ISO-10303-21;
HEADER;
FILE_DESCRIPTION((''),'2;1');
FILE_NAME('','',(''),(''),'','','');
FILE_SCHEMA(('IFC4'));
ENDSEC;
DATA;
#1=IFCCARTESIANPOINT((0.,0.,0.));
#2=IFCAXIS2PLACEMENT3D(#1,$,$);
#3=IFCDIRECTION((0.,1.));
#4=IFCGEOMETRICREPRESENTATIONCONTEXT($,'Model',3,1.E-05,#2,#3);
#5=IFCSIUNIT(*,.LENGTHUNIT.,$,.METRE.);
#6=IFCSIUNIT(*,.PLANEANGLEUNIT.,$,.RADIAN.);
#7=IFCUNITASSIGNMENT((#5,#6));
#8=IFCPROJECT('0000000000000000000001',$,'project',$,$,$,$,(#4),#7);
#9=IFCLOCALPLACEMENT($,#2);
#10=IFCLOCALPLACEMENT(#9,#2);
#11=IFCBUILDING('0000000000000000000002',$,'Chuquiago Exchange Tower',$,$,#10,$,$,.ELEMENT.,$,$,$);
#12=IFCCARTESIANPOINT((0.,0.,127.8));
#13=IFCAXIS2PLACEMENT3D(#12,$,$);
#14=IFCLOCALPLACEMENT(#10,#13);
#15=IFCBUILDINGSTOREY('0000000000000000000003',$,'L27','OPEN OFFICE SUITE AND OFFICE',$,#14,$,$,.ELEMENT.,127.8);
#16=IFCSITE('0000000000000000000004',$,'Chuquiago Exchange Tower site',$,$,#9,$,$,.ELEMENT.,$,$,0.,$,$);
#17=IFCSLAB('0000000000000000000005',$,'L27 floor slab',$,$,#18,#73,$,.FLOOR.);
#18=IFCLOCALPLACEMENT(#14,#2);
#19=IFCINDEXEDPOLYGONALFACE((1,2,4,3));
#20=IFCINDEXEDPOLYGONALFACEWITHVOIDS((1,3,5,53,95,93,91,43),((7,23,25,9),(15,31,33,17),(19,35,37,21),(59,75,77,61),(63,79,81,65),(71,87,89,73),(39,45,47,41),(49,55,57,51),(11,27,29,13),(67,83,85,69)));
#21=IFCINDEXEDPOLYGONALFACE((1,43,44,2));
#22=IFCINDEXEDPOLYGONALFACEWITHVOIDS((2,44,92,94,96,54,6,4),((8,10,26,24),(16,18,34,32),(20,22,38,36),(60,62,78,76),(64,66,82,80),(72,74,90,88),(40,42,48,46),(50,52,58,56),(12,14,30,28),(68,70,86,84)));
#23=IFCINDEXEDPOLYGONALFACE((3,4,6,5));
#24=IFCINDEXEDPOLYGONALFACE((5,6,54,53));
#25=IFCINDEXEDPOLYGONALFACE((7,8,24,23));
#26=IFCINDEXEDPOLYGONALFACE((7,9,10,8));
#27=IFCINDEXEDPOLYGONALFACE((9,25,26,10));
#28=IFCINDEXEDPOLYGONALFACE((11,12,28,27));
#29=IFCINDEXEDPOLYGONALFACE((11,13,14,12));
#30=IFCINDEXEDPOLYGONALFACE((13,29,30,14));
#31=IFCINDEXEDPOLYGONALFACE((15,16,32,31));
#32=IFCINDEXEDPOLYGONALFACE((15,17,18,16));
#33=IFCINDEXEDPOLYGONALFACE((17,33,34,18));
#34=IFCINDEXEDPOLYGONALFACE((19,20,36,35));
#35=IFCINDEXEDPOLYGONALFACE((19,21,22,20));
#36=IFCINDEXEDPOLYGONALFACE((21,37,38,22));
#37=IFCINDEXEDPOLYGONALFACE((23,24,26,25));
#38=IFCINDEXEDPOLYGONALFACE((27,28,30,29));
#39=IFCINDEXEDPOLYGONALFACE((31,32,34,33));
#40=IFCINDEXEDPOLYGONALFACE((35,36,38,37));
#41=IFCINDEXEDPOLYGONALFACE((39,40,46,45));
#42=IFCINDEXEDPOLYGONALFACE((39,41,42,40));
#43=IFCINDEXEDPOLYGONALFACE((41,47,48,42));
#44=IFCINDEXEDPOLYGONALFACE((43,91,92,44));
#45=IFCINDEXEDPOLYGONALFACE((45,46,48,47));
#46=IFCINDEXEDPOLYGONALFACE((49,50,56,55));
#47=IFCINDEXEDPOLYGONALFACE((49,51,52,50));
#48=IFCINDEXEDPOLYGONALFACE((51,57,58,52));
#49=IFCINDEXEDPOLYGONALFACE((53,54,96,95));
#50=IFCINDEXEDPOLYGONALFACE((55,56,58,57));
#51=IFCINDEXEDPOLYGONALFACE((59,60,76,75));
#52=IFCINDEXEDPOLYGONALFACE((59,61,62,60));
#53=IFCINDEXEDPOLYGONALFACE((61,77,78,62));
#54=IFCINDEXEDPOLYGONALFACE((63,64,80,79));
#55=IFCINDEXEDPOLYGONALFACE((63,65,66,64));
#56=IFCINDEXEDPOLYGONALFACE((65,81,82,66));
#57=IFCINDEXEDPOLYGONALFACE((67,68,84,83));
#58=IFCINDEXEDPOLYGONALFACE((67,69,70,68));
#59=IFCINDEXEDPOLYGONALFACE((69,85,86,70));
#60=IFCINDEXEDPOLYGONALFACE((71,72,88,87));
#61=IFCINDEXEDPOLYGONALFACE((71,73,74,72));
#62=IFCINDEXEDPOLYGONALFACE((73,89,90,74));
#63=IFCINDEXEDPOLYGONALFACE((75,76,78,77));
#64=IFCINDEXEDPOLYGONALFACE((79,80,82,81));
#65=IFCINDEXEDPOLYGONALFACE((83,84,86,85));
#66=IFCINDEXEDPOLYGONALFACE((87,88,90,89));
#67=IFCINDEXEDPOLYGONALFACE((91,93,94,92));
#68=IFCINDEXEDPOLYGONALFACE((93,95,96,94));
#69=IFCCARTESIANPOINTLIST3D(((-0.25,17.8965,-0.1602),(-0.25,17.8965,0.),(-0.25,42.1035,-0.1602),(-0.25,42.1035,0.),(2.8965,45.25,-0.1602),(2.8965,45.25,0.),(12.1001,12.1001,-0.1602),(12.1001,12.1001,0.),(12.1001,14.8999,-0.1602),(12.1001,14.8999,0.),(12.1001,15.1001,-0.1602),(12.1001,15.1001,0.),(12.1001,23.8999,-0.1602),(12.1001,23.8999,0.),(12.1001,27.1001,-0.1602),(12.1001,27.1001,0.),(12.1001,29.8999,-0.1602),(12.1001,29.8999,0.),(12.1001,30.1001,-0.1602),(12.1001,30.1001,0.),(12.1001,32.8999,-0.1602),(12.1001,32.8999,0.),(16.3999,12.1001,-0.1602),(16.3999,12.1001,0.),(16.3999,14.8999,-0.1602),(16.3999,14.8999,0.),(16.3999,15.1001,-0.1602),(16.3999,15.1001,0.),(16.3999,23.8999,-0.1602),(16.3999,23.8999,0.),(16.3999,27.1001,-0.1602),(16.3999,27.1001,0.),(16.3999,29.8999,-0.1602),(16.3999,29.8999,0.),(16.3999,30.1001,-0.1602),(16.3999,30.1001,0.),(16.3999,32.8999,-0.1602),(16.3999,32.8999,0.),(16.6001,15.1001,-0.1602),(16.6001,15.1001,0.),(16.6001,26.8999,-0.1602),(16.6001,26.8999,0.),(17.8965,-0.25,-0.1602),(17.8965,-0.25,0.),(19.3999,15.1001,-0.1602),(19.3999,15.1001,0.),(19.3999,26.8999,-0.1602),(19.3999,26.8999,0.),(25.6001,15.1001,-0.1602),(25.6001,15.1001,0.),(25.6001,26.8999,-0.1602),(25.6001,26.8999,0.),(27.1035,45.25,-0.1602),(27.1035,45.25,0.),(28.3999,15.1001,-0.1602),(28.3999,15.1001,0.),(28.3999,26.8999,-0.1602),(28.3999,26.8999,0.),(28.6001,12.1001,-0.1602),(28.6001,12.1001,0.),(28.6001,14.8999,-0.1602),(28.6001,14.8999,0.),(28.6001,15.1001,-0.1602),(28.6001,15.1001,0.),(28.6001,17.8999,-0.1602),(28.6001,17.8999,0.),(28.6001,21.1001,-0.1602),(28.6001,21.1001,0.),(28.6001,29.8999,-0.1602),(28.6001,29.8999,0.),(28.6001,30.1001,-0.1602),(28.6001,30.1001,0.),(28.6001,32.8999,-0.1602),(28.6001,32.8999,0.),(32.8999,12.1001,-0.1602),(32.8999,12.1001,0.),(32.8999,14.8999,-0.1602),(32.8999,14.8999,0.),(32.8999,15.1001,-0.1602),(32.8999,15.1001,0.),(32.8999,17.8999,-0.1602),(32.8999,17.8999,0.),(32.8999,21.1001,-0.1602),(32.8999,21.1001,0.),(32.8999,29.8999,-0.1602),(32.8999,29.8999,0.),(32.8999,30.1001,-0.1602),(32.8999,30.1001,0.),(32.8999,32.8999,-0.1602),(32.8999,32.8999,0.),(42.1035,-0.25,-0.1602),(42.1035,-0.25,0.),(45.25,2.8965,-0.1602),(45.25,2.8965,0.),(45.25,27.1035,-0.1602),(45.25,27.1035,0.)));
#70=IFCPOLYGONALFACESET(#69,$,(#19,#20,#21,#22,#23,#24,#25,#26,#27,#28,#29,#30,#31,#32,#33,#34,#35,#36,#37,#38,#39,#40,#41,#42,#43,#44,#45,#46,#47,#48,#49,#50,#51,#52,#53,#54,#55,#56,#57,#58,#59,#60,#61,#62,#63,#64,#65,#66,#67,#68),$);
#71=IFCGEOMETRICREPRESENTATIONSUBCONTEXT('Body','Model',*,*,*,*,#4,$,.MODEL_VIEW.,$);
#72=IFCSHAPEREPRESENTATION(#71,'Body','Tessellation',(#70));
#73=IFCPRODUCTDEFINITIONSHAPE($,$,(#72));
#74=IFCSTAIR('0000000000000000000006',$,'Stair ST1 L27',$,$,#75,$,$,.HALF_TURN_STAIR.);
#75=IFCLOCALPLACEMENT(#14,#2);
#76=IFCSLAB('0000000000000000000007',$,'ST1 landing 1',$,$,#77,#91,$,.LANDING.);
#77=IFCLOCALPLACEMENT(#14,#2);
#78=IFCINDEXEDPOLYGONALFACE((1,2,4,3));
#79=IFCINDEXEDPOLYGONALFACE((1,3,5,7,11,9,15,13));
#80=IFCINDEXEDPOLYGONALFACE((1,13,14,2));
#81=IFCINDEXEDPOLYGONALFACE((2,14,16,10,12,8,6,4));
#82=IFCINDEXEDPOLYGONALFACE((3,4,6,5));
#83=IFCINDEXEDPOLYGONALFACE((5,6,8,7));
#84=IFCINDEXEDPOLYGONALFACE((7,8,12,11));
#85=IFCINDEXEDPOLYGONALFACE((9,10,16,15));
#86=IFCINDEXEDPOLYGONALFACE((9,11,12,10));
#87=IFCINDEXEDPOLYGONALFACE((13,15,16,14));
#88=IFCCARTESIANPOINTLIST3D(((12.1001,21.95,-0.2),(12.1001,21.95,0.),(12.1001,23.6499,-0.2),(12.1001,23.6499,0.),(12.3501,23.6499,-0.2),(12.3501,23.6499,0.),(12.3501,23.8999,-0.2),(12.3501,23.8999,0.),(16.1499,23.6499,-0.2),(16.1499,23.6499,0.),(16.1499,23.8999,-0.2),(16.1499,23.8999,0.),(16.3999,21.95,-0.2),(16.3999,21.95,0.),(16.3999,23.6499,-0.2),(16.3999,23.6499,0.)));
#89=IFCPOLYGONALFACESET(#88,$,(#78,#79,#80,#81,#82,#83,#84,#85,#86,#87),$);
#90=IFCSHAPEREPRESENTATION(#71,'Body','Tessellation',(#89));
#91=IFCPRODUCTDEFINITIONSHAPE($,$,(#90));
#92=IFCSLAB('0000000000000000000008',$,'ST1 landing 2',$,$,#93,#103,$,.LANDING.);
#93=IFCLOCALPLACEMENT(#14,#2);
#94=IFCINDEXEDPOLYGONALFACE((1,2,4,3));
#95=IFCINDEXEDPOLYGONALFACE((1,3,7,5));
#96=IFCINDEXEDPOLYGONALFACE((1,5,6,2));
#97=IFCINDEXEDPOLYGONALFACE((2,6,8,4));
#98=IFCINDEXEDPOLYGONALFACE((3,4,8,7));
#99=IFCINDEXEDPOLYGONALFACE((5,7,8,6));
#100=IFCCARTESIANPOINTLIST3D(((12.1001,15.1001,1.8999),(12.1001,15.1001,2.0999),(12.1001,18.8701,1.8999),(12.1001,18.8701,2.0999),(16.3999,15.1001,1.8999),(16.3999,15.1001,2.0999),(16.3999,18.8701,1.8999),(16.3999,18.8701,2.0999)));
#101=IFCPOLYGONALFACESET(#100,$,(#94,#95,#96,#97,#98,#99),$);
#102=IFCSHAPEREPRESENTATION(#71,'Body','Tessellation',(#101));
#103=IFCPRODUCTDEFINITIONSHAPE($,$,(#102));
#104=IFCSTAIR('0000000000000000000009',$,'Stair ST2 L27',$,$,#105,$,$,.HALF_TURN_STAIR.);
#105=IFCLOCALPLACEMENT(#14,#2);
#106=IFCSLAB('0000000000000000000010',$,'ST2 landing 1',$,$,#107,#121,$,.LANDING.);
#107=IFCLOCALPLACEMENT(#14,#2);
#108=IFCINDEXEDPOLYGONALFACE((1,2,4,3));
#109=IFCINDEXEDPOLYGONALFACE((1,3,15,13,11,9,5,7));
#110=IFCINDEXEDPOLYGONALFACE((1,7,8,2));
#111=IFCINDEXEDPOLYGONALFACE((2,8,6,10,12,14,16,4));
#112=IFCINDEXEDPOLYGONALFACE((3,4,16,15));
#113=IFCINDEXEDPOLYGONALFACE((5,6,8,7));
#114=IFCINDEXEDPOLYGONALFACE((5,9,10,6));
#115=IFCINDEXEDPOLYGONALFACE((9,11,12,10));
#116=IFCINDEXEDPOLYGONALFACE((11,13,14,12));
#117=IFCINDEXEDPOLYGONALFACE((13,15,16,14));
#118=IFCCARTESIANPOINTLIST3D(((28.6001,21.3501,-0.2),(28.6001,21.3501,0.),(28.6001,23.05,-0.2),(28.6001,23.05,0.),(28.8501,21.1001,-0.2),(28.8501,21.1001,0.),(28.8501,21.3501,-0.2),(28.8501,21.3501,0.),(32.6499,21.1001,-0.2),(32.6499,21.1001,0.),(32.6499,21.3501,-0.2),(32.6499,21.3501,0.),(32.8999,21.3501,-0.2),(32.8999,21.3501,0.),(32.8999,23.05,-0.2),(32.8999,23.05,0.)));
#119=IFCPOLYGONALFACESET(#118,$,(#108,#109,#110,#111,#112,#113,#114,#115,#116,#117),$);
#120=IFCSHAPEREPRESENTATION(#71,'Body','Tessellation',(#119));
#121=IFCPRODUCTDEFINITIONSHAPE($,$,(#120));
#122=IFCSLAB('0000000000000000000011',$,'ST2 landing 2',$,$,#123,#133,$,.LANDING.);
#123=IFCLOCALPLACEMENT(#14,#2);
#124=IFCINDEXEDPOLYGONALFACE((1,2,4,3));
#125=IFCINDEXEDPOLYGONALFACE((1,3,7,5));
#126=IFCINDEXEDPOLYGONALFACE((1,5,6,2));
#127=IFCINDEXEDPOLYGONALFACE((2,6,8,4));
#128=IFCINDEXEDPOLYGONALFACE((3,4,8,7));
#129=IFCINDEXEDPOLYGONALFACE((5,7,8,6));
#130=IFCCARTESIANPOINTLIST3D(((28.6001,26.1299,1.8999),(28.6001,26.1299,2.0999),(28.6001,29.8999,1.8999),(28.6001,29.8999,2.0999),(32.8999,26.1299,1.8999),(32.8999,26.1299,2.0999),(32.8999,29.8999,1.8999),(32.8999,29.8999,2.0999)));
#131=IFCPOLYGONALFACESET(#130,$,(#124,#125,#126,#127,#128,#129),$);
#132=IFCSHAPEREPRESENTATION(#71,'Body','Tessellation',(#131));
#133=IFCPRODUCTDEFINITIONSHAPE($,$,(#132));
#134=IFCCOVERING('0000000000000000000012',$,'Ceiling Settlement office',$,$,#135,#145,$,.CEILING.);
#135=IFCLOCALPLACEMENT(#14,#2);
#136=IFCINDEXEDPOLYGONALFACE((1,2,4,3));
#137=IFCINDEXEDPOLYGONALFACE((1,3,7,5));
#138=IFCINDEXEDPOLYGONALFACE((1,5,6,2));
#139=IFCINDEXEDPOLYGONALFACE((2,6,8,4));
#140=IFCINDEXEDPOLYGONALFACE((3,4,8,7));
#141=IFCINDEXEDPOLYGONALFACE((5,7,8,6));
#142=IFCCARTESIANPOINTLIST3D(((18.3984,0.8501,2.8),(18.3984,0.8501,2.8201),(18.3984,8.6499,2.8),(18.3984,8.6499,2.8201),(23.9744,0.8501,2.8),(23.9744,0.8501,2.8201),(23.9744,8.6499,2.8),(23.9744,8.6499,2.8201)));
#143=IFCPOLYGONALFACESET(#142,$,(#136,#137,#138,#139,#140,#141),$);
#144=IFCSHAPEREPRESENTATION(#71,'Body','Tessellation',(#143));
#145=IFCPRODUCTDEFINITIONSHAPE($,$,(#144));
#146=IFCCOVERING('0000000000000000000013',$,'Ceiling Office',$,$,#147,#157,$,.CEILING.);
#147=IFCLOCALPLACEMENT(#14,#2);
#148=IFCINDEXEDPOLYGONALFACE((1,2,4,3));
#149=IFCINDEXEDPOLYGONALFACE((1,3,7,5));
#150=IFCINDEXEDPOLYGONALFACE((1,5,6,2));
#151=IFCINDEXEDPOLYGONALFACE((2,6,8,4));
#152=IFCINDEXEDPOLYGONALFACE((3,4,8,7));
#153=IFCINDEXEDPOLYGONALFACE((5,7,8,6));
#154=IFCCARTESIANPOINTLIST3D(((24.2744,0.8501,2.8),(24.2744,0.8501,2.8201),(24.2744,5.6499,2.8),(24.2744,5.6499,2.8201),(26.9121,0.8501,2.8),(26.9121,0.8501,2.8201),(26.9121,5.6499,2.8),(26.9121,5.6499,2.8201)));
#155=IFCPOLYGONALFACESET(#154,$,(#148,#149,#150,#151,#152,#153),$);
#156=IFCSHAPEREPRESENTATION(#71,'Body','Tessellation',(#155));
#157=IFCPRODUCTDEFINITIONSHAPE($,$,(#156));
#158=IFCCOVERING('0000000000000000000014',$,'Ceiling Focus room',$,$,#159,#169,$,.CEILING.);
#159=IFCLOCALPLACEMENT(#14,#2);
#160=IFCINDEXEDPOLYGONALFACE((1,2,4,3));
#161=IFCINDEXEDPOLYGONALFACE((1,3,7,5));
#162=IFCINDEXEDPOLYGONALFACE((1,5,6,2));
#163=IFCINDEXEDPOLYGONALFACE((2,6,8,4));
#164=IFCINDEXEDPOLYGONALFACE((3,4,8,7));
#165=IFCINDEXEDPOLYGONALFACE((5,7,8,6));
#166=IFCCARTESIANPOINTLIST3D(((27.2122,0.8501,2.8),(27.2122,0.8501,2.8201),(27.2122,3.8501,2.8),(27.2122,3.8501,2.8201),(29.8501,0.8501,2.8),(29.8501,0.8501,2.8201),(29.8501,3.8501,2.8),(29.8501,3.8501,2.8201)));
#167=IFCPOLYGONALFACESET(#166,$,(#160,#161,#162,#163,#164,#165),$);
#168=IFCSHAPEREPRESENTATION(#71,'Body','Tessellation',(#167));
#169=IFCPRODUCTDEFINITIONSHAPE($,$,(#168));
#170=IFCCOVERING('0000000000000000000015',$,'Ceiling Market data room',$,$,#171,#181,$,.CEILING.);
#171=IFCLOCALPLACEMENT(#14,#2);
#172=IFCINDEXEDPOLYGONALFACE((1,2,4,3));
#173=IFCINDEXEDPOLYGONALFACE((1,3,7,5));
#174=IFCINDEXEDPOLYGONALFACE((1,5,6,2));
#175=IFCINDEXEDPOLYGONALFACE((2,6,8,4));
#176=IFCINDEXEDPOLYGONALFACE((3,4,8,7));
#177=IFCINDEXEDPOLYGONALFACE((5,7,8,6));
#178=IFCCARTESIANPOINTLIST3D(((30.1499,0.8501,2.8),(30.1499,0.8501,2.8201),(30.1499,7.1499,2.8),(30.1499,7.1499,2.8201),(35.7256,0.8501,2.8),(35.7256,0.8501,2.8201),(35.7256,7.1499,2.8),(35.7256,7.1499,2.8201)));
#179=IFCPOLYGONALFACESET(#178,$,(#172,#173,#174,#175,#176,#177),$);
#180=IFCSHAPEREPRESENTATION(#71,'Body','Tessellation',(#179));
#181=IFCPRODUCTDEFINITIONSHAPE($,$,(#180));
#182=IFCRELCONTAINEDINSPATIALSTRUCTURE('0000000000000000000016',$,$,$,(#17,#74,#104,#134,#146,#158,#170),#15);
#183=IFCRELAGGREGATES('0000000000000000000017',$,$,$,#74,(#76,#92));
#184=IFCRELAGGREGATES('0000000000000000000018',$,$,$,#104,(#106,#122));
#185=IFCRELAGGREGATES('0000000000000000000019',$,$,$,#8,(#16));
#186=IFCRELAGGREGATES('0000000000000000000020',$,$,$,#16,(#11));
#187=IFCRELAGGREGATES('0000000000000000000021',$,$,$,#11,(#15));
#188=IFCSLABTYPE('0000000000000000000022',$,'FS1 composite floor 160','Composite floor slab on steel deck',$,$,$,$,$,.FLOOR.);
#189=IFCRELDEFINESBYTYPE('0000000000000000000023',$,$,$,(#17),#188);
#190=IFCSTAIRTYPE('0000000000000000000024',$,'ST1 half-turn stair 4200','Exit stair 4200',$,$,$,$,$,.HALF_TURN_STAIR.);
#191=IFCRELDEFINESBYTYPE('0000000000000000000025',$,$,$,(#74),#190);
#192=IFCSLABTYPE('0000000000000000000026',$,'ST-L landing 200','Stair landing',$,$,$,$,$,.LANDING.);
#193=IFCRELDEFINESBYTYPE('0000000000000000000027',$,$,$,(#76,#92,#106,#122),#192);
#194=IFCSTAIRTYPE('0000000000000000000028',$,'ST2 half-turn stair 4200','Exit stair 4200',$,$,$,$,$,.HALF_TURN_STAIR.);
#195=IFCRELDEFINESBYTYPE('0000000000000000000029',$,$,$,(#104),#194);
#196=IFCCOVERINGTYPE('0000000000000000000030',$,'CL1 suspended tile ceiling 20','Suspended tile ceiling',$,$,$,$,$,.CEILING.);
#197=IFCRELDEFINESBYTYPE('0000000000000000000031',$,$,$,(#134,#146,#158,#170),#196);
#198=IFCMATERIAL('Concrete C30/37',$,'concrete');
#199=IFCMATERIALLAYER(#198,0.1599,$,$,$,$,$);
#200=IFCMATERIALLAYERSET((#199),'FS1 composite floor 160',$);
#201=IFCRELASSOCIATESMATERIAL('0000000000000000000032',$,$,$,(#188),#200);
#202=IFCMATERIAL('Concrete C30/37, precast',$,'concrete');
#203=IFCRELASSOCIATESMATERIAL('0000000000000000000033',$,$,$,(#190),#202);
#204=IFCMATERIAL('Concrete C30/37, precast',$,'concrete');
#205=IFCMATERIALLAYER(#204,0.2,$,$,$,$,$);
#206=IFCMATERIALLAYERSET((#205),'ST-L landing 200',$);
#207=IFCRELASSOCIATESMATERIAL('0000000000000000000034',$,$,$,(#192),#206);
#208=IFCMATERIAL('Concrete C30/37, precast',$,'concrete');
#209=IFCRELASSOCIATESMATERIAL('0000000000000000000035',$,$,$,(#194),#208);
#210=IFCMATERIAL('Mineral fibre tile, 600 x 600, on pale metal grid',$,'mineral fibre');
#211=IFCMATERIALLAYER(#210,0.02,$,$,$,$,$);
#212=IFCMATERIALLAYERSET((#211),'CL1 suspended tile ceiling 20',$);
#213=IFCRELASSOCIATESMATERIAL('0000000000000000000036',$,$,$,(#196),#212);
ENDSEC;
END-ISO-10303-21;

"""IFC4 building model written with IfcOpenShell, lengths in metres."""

from ifc_helpers import new_model, si_unit, direction, frame, origin, place, context, subcontext, project, spatial, polyline, outline, extrude, material, layer, layer_set, type_object, element, aggregate, save


model = new_model("IFC4")

# Units and contexts
model_context = context("Model", 3, precision=1e-05, world=origin(), true_north=direction((0.0, 1.0)))
body_context = subcontext(model_context, "Body", "Model", "MODEL_VIEW")
ifc_project = project(units=[si_unit("LENGTHUNIT", "METRE"), si_unit("PLANEANGLEUNIT", "RADIAN")], contexts=[model_context])

# Site, building, storey
site_placement = place(None, origin())
site = spatial("IfcSite", under=ifc_project, at=site_placement, Name="Chuquiago Exchange Tower site", CompositionType="ELEMENT", RefElevation=0.0)
building_placement = place(site_placement, origin())
building = spatial("IfcBuilding", under=site, at=building_placement, Name="Chuquiago Exchange Tower", CompositionType="ELEMENT")
storey_placement = place(building_placement, frame((0.0, 0.0, 127.8)))
storey = spatial("IfcBuildingStorey", under=building, at=storey_placement, Name="L27", Description="OPEN OFFICE SUITE AND OFFICE", CompositionType="ELEMENT", Elevation=127.8)

# Slab
ifc_material_1 = material(Name="Concrete C30/37", Category="concrete")
ifc_layer_1 = layer(ifc_material_1, 0.1599)
ifc_layer_set_1 = layer_set([ifc_layer_1], Name="FS1 composite floor 160")
slab_type_1 = type_object("IfcSlabType", Name="FS1 composite floor 160", Description="Composite floor slab on steel deck", PredefinedType="FLOOR", material=ifc_layer_set_1)
slab_1_placement = place(storey_placement, frame((0.0, 0.0, -0.1602)))
element("IfcSlab", 1, at=slab_1_placement, inside=storey, type_object=slab_type_1, Name="L27 floor slab", PredefinedType="FLOOR", context=body_context, shape_type="SweptSolid", body=[
    extrude(outline(polyline([(17.8965, -0.25), (-0.25, 17.8965), (-0.25, 42.1035), (2.8965, 45.25), (27.1035, 45.25), (45.25, 27.1035), (45.25, 2.8965), (42.1035, -0.25), (17.8965, -0.25)]), holes=[polyline([(16.3999, 15.1001), (12.1001, 15.1001), (12.1001, 23.8999), (16.3999, 23.8999), (16.3999, 15.1001)]), polyline([(32.8999, 21.1001), (28.6001, 21.1001), (28.6001, 29.8999), (32.8999, 29.8999), (32.8999, 21.1001)]), polyline([(16.3999, 12.1001), (12.1001, 12.1001), (12.1001, 14.8999), (16.3999, 14.8999), (16.3999, 12.1001)]), polyline([(16.3999, 30.1001), (12.1001, 30.1001), (12.1001, 32.8999), (16.3999, 32.8999), (16.3999, 30.1001)]), polyline([(32.8999, 12.1001), (28.6001, 12.1001), (28.6001, 14.8999), (32.8999, 14.8999), (32.8999, 12.1001)]), polyline([(32.8999, 30.1001), (28.6001, 30.1001), (28.6001, 32.8999), (32.8999, 32.8999), (32.8999, 30.1001)]), polyline([(16.3999, 27.1001), (12.1001, 27.1001), (12.1001, 29.8999), (16.3999, 29.8999), (16.3999, 27.1001)]), polyline([(32.8999, 15.1001), (28.6001, 15.1001), (28.6001, 17.8999), (32.8999, 17.8999), (32.8999, 15.1001)]), polyline([(19.3999, 15.1001), (16.6001, 15.1001), (16.6001, 26.8999), (19.3999, 26.8999), (19.3999, 15.1001)]), polyline([(28.3999, 15.1001), (25.6001, 15.1001), (25.6001, 26.8999), (28.3999, 26.8999), (28.3999, 15.1001)])]), origin(), (0.0, 0.0, 1.0), 0.1602),
])

# Stairs, slabs
ifc_material_2 = material(Name="Concrete C30/37, precast", Category="concrete")
stair_type_1 = type_object("IfcStairType", Name="ST1 half-turn stair 4200", Description="Exit stair 4200", PredefinedType="HALF_TURN_STAIR", material=ifc_material_2)
stair_1_placement = place(storey_placement, origin())
stair_1 = element("IfcStair", 2, at=stair_1_placement, inside=storey, type_object=stair_type_1, Name="Stair ST1 L27", PredefinedType="HALF_TURN_STAIR")
ifc_material_3 = material(Name="Concrete C30/37, precast", Category="concrete")
ifc_layer_2 = layer(ifc_material_3, 0.2)
ifc_layer_set_2 = layer_set([ifc_layer_2], Name="ST-L landing 200")
slab_type_2 = type_object("IfcSlabType", Name="ST-L landing 200", Description="Stair landing", PredefinedType="LANDING", material=ifc_layer_set_2)
slab_2_placement = place(storey_placement, frame((0.0, 0.0, -0.2)))
slab_2 = element("IfcSlab", 3, at=slab_2_placement, type_object=slab_type_2, Name="ST1 landing 1", PredefinedType="LANDING", context=body_context, shape_type="SweptSolid", body=[
    extrude(outline(polyline([(12.3501, 23.8999), (16.1499, 23.8999), (16.1499, 23.6499), (16.3999, 23.6499), (16.3999, 21.95), (12.1001, 21.95), (12.1001, 23.6499), (12.3501, 23.6499), (12.3501, 23.8999)])), origin(), (0.0, 0.0, 1.0), 0.2),
])
slab_3_placement = place(storey_placement, frame((0.0, 0.0, 1.8999)))
slab_3 = element("IfcSlab", 4, at=slab_3_placement, type_object=slab_type_2, Name="ST1 landing 2", PredefinedType="LANDING", context=body_context, shape_type="SweptSolid", body=[
    extrude(outline(polyline([(12.1001, 18.8701), (16.3999, 18.8701), (16.3999, 15.1001), (12.1001, 15.1001), (12.1001, 18.8701)])), origin(), (0.0, 0.0, 1.0), 0.2),
])
aggregate(stair_1, [slab_2, slab_3])
ifc_material_4 = material(Name="Concrete C30/37, precast", Category="concrete")
stair_type_2 = type_object("IfcStairType", Name="ST2 half-turn stair 4200", Description="Exit stair 4200", PredefinedType="HALF_TURN_STAIR", material=ifc_material_4)
stair_2_placement = place(storey_placement, origin())
stair_2 = element("IfcStair", 5, at=stair_2_placement, inside=storey, type_object=stair_type_2, Name="Stair ST2 L27", PredefinedType="HALF_TURN_STAIR")
slab_4_placement = place(storey_placement, frame((0.0, 0.0, -0.2)))
slab_4 = element("IfcSlab", 6, at=slab_4_placement, type_object=slab_type_2, Name="ST2 landing 1", PredefinedType="LANDING", context=body_context, shape_type="SweptSolid", body=[
    extrude(outline(polyline([(32.6499, 21.3501), (32.6499, 21.1001), (28.8501, 21.1001), (28.8501, 21.3501), (28.6001, 21.3501), (28.6001, 23.05), (32.8999, 23.05), (32.8999, 21.3501), (32.6499, 21.3501)])), origin(), (0.0, 0.0, 1.0), 0.2),
])
slab_5_placement = place(storey_placement, frame((0.0, 0.0, 1.8999)))
slab_5 = element("IfcSlab", 7, at=slab_5_placement, type_object=slab_type_2, Name="ST2 landing 2", PredefinedType="LANDING", context=body_context, shape_type="SweptSolid", body=[
    extrude(outline(polyline([(28.6001, 29.8999), (32.8999, 29.8999), (32.8999, 26.1299), (28.6001, 26.1299), (28.6001, 29.8999)])), origin(), (0.0, 0.0, 1.0), 0.2),
])
aggregate(stair_2, [slab_4, slab_5])

# Coverings
ifc_material_5 = material(Name="Mineral fibre tile, 600 x 600, on pale metal grid", Category="mineral fibre")
ifc_layer_3 = layer(ifc_material_5, 0.02)
ifc_layer_set_3 = layer_set([ifc_layer_3], Name="CL1 suspended tile ceiling 20")
covering_type_1 = type_object("IfcCoveringType", Name="CL1 suspended tile ceiling 20", Description="Suspended tile ceiling", PredefinedType="CEILING", material=ifc_layer_set_3)
covering_1_placement = place(storey_placement, frame((0.0, 0.0, 2.8)))
element("IfcCovering", 8, at=covering_1_placement, inside=storey, type_object=covering_type_1, Name="Ceiling Settlement office", PredefinedType="CEILING", context=body_context, shape_type="SweptSolid", body=[
    extrude(outline(polyline([(18.3984, 8.6499), (23.9744, 8.6499), (23.9744, 0.8501), (18.3984, 0.8501), (18.3984, 8.6499)])), origin(), (0.0, 0.0, 1.0), 0.02),
])
covering_2_placement = place(storey_placement, frame((0.0, 0.0, 2.8)))
element("IfcCovering", 9, at=covering_2_placement, inside=storey, type_object=covering_type_1, Name="Ceiling Office", PredefinedType="CEILING", context=body_context, shape_type="SweptSolid", body=[
    extrude(outline(polyline([(24.2744, 5.6499), (26.9121, 5.6499), (26.9121, 0.8501), (24.2744, 0.8501), (24.2744, 5.6499)])), origin(), (0.0, 0.0, 1.0), 0.02),
])
covering_3_placement = place(storey_placement, frame((0.0, 0.0, 2.8)))
element("IfcCovering", 10, at=covering_3_placement, inside=storey, type_object=covering_type_1, Name="Ceiling Focus room", PredefinedType="CEILING", context=body_context, shape_type="SweptSolid", body=[
    extrude(outline(polyline([(27.2122, 3.8501), (29.8501, 3.8501), (29.8501, 0.8501), (27.2122, 0.8501), (27.2122, 3.8501)])), origin(), (0.0, 0.0, 1.0), 0.02),
])
covering_4_placement = place(storey_placement, frame((0.0, 0.0, 2.8)))
element("IfcCovering", 11, at=covering_4_placement, inside=storey, type_object=covering_type_1, Name="Ceiling Market data room", PredefinedType="CEILING", context=body_context, shape_type="SweptSolid", body=[
    extrude(outline(polyline([(30.1499, 7.1499), (35.7256, 7.1499), (35.7256, 0.8501), (30.1499, 0.8501), (30.1499, 7.1499)])), origin(), (0.0, 0.0, 1.0), 0.02),
])

save(model, "model.ifc")
